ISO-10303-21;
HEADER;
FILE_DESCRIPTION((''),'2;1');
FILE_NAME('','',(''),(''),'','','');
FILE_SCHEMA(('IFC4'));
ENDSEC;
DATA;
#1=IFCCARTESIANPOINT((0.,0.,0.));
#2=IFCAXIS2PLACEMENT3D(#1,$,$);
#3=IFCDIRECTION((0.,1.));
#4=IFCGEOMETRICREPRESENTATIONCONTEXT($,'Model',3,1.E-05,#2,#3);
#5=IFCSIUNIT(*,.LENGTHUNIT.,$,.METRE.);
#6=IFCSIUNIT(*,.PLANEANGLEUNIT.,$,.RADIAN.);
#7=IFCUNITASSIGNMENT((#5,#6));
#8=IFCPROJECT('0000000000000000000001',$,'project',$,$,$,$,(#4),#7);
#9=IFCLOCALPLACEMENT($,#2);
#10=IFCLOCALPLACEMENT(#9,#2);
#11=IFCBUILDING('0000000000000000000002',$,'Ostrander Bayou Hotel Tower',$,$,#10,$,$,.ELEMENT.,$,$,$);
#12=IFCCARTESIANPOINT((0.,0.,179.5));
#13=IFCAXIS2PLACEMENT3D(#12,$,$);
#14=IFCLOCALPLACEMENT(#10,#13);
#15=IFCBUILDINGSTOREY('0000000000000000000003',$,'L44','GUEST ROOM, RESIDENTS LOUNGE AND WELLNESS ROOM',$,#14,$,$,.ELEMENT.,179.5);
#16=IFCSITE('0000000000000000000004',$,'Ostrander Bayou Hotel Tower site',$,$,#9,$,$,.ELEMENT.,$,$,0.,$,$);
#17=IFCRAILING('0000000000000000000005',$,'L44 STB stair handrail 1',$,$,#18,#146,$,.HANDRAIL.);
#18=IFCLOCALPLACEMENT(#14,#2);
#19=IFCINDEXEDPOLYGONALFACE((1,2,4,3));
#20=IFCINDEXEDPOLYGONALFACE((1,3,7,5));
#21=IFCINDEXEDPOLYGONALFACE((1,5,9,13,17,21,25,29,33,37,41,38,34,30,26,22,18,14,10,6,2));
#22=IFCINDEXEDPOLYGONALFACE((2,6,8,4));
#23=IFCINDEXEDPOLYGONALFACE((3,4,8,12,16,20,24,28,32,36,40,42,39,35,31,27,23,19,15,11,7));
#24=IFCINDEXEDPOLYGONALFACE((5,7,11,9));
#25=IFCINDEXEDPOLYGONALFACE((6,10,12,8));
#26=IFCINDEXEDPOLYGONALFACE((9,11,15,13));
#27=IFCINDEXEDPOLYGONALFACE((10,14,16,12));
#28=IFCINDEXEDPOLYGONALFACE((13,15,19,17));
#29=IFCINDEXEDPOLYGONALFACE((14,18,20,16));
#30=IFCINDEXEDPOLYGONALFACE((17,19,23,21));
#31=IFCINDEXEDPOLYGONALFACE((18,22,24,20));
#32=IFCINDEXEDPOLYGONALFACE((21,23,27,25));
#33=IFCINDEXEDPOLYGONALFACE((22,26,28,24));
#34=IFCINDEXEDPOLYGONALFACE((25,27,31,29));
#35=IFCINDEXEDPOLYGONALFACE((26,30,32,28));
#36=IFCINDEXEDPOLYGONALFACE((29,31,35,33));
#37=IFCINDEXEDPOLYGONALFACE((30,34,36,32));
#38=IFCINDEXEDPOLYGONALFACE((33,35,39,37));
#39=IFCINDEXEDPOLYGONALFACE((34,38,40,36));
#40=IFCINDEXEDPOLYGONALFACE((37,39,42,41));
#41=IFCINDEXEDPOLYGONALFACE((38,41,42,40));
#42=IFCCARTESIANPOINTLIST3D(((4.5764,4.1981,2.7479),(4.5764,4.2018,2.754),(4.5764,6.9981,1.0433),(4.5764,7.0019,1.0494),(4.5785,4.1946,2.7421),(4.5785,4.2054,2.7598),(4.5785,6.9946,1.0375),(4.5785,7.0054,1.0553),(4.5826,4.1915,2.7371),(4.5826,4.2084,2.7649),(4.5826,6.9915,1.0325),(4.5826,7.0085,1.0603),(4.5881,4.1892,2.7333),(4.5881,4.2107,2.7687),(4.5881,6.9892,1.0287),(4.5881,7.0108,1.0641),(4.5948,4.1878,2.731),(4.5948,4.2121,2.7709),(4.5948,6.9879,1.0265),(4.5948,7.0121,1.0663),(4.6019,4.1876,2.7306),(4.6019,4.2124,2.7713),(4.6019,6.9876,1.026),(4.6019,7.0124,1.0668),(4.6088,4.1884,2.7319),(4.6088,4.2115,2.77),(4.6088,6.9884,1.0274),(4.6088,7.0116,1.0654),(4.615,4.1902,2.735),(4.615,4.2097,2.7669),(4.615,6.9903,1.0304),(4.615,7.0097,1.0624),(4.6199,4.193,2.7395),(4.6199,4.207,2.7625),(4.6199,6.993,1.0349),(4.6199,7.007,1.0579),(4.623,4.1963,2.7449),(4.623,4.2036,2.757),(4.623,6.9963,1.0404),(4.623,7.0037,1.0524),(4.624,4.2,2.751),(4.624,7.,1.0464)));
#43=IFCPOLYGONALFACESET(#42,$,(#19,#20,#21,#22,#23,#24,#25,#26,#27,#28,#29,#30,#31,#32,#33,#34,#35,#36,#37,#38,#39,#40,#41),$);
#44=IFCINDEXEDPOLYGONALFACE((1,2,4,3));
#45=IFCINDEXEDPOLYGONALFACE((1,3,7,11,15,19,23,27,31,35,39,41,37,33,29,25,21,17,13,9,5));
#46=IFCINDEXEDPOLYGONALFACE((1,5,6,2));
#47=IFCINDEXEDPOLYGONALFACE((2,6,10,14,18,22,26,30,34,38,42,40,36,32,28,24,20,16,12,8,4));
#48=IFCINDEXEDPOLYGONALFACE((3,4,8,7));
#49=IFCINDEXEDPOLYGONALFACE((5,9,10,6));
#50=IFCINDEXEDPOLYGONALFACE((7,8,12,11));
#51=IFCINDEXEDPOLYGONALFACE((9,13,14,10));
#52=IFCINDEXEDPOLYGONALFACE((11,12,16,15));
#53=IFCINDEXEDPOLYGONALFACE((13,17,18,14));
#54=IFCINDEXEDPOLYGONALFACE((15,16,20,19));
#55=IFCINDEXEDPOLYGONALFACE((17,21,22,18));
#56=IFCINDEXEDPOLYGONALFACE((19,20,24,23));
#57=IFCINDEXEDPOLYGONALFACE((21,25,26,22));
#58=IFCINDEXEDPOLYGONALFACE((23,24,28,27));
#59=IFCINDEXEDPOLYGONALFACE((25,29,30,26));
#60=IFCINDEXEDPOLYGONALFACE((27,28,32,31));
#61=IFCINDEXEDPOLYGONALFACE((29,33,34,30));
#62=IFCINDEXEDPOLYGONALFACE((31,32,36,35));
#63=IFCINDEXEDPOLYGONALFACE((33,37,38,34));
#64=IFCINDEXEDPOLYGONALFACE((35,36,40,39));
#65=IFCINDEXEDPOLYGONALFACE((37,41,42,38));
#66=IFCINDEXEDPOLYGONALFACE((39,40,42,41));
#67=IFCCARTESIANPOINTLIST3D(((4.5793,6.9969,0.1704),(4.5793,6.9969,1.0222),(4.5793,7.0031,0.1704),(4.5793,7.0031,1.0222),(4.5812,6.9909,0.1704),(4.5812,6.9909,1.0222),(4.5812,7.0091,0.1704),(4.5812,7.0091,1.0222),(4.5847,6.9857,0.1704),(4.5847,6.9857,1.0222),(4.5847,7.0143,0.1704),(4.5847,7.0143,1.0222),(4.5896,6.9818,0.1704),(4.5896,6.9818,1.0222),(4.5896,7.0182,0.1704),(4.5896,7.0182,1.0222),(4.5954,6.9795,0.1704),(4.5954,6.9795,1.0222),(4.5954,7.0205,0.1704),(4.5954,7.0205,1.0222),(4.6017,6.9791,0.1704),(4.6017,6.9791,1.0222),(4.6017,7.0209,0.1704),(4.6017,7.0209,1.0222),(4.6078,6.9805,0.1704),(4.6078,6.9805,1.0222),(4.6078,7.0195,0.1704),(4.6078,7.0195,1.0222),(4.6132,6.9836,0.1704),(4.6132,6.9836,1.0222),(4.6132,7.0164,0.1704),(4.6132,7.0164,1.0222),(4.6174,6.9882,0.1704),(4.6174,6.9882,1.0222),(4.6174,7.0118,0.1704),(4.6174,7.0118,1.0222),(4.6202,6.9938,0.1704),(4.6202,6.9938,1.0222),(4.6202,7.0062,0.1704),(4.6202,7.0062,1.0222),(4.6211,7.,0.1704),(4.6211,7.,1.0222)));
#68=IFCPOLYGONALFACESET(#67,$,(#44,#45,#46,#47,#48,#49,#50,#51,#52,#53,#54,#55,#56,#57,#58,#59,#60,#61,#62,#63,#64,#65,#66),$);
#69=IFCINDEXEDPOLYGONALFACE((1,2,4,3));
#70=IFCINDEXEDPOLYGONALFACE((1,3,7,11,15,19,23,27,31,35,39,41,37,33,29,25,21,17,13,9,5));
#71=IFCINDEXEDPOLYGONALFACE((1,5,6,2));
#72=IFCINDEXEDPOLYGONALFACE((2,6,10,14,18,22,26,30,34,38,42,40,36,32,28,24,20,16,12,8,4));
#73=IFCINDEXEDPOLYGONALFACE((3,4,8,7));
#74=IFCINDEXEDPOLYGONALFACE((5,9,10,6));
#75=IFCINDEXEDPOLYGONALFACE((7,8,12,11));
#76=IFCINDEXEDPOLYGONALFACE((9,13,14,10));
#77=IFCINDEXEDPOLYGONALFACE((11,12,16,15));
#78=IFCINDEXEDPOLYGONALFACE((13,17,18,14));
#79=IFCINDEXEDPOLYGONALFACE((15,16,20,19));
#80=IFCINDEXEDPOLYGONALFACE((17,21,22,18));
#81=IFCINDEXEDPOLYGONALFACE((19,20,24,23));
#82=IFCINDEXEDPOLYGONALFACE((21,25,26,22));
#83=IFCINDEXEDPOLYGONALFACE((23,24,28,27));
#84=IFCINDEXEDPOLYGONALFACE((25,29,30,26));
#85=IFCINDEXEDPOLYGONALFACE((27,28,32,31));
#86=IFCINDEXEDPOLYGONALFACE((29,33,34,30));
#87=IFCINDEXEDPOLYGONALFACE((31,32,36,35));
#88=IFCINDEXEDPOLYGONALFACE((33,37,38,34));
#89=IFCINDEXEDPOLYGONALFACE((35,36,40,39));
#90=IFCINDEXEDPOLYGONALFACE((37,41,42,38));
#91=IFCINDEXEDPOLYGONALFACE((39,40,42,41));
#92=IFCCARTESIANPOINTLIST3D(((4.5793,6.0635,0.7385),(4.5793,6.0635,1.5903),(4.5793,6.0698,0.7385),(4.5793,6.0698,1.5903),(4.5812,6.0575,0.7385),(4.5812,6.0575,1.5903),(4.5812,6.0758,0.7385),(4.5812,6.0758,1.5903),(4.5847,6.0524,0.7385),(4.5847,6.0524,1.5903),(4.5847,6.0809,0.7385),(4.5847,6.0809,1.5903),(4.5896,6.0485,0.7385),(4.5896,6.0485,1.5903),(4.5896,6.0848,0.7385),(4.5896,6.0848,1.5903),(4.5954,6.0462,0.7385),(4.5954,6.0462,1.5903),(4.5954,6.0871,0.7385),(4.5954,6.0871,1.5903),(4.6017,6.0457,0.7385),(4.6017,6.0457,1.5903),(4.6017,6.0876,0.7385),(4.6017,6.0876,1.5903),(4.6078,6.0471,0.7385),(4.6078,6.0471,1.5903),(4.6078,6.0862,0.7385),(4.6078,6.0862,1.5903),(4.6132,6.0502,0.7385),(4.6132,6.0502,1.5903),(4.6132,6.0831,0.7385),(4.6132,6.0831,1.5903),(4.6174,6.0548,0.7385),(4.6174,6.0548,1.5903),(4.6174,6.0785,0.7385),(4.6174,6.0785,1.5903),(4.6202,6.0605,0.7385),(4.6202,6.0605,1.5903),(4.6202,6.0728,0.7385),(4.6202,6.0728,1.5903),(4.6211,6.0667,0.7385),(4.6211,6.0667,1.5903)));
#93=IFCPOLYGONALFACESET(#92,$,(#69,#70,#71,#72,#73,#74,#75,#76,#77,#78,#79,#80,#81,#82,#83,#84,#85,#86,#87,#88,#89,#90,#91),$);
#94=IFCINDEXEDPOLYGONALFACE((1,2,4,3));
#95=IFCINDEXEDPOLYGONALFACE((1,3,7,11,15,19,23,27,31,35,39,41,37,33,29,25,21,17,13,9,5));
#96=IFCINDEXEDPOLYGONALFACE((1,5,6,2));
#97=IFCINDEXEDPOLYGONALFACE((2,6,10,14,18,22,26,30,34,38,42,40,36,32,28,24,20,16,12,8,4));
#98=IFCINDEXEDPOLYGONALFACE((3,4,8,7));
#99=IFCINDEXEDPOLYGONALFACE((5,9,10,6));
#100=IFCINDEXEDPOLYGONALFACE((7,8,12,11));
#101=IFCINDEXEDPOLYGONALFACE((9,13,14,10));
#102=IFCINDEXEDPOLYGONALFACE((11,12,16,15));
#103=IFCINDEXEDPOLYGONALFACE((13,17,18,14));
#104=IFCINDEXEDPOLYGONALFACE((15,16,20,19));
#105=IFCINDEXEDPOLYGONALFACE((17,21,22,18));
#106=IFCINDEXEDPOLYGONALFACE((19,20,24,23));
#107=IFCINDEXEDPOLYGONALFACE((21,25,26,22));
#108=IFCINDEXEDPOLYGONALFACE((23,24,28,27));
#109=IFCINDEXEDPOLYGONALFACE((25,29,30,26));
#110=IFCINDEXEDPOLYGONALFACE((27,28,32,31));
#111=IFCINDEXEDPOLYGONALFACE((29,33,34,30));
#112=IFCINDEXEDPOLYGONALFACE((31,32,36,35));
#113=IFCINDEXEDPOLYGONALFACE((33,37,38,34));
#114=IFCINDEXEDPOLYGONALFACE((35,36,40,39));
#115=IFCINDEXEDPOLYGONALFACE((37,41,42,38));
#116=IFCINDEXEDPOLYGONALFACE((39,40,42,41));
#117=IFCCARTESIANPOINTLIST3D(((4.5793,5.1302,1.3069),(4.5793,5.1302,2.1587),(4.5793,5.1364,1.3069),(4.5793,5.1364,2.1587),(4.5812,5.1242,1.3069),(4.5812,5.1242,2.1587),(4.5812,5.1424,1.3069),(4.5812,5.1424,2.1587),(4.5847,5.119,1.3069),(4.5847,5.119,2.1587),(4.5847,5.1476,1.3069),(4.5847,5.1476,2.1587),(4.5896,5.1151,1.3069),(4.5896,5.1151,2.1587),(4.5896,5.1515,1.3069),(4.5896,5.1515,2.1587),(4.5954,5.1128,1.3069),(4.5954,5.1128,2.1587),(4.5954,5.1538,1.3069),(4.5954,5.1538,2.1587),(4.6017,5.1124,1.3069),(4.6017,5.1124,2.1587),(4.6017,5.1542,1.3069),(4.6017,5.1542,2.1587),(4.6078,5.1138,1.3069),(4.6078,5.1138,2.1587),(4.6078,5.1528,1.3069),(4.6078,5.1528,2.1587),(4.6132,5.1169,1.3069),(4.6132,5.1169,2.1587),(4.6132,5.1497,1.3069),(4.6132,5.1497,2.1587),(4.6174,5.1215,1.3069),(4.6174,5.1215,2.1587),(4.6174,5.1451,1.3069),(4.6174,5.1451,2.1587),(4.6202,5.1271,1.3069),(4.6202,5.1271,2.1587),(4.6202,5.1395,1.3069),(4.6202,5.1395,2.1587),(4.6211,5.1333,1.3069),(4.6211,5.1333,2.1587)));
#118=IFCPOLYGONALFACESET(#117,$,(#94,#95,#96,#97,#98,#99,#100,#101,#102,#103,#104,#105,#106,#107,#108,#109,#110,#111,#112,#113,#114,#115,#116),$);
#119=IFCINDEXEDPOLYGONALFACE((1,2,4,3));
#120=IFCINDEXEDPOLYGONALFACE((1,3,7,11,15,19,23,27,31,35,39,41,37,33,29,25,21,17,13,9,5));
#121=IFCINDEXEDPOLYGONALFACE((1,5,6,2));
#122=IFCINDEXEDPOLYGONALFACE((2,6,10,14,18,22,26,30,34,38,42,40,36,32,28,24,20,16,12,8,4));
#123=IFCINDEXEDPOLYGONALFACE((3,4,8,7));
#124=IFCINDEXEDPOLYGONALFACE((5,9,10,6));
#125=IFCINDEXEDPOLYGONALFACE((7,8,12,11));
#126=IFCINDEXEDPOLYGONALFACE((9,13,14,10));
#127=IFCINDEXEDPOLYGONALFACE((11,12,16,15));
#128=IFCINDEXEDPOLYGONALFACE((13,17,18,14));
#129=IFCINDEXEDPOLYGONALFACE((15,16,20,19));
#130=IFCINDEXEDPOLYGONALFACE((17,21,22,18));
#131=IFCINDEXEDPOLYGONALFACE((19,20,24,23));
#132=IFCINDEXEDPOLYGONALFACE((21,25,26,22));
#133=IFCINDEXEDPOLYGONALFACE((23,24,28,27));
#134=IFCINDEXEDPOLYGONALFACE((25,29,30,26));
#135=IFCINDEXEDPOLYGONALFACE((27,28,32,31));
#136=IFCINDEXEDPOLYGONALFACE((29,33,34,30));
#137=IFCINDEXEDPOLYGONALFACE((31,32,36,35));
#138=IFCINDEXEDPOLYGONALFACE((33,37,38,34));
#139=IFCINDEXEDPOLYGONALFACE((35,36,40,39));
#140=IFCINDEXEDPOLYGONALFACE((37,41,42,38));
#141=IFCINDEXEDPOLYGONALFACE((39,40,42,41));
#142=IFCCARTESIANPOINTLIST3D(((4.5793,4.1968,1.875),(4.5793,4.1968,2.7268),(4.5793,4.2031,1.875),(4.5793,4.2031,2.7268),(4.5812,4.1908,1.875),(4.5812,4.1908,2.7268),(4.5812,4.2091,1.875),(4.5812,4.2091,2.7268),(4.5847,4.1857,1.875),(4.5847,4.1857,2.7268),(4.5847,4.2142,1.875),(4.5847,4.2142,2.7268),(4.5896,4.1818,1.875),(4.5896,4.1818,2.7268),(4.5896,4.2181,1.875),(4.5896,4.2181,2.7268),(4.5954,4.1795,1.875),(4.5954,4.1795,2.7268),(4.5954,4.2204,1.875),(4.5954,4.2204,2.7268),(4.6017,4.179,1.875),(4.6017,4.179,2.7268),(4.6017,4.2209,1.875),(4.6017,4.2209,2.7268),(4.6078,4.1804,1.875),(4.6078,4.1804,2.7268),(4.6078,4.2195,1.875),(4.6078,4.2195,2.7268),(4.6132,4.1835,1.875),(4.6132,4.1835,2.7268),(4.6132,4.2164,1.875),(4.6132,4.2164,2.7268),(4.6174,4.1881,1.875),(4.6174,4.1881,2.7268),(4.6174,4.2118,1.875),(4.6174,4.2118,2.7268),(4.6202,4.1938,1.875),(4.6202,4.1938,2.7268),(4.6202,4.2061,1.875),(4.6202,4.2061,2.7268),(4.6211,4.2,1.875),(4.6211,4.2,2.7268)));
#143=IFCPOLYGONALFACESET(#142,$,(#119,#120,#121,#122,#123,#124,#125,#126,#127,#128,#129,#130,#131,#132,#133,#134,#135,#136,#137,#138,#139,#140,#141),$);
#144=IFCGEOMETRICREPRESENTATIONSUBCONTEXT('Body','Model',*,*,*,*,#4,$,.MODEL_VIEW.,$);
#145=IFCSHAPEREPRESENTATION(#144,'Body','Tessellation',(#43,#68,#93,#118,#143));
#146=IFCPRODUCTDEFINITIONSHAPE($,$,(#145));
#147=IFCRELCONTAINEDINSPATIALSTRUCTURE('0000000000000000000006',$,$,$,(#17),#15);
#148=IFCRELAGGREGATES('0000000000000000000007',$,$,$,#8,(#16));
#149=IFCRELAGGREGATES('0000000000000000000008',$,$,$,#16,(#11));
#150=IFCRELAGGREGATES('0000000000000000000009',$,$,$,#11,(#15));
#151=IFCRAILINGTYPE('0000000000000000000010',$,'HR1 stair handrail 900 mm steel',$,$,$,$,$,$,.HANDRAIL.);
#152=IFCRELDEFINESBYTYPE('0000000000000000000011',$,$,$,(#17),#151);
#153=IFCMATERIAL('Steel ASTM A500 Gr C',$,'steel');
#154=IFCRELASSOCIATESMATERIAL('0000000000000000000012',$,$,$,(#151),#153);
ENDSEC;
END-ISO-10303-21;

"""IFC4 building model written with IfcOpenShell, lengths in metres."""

from ifc_helpers import new_model, si_unit, direction, frame, origin, origin_2d, place, context, subcontext, project, spatial, circle, extrude, material, type_object, element, save


model = new_model("IFC4")

# Units and contexts
model_context = context("Model", 3, precision=1e-05, world=origin(), true_north=direction((0.0, 1.0)))
body_context = subcontext(model_context, "Body", "Model", "MODEL_VIEW")
ifc_project = project(units=[si_unit("LENGTHUNIT", "METRE"), si_unit("PLANEANGLEUNIT", "RADIAN")], contexts=[model_context])

# Site, building, storey
site_placement = place(None, origin())
site = spatial("IfcSite", under=ifc_project, at=site_placement, Name="Ostrander Bayou Hotel Tower site", CompositionType="ELEMENT", RefElevation=0.0)
building_placement = place(site_placement, origin())
building = spatial("IfcBuilding", under=site, at=building_placement, Name="Ostrander Bayou Hotel Tower", CompositionType="ELEMENT")
storey_placement = place(building_placement, frame((0.0, 0.0, 179.5)))
storey = spatial("IfcBuildingStorey", under=building, at=storey_placement, Name="L44", Description="GUEST ROOM, RESIDENTS LOUNGE AND WELLNESS ROOM", CompositionType="ELEMENT", Elevation=179.5)

# Railing
ifc_material_1 = material(Name="Steel ASTM A500 Gr C", Category="steel")
railing_type_1 = type_object("IfcRailingType", Name="HR1 stair handrail 900 mm steel", PredefinedType="HANDRAIL", material=ifc_material_1)
railing_1_placement = place(storey_placement, frame((4.6001, 7.0, 0.1704)))
element("IfcRailing", 1, at=railing_1_placement, inside=storey, type_object=railing_type_1, Name="L44 STB stair handrail 1", PredefinedType="HANDRAIL", context=body_context, shape_type="SweptSolid", body=[
    extrude(circle(Radius=0.0239, at=origin_2d()), frame((0.0, 0.0, 0.876), z_axis=(0.0, -0.85417, 0.519994), x_axis=(1.0, 0.0, 0.0)), (0.0, 0.0, 1.0), 3.2781),
    extrude(circle(Radius=0.021, at=origin_2d()), origin(), (0.0, 0.0, 1.0), 0.8518),
    extrude(circle(Radius=0.021, at=origin_2d()), frame((0.0, -0.9333, 0.5681)), (0.0, 0.0, 1.0), 0.8518),
    extrude(circle(Radius=0.021, at=origin_2d()), frame((0.0, -1.8667, 1.1365)), (0.0, 0.0, 1.0), 0.8518),
    extrude(circle(Radius=0.021, at=origin_2d()), frame((0.0, -2.8, 1.7046)), (0.0, 0.0, 1.0), 0.8518),
])

save(model, "model.ifc")
